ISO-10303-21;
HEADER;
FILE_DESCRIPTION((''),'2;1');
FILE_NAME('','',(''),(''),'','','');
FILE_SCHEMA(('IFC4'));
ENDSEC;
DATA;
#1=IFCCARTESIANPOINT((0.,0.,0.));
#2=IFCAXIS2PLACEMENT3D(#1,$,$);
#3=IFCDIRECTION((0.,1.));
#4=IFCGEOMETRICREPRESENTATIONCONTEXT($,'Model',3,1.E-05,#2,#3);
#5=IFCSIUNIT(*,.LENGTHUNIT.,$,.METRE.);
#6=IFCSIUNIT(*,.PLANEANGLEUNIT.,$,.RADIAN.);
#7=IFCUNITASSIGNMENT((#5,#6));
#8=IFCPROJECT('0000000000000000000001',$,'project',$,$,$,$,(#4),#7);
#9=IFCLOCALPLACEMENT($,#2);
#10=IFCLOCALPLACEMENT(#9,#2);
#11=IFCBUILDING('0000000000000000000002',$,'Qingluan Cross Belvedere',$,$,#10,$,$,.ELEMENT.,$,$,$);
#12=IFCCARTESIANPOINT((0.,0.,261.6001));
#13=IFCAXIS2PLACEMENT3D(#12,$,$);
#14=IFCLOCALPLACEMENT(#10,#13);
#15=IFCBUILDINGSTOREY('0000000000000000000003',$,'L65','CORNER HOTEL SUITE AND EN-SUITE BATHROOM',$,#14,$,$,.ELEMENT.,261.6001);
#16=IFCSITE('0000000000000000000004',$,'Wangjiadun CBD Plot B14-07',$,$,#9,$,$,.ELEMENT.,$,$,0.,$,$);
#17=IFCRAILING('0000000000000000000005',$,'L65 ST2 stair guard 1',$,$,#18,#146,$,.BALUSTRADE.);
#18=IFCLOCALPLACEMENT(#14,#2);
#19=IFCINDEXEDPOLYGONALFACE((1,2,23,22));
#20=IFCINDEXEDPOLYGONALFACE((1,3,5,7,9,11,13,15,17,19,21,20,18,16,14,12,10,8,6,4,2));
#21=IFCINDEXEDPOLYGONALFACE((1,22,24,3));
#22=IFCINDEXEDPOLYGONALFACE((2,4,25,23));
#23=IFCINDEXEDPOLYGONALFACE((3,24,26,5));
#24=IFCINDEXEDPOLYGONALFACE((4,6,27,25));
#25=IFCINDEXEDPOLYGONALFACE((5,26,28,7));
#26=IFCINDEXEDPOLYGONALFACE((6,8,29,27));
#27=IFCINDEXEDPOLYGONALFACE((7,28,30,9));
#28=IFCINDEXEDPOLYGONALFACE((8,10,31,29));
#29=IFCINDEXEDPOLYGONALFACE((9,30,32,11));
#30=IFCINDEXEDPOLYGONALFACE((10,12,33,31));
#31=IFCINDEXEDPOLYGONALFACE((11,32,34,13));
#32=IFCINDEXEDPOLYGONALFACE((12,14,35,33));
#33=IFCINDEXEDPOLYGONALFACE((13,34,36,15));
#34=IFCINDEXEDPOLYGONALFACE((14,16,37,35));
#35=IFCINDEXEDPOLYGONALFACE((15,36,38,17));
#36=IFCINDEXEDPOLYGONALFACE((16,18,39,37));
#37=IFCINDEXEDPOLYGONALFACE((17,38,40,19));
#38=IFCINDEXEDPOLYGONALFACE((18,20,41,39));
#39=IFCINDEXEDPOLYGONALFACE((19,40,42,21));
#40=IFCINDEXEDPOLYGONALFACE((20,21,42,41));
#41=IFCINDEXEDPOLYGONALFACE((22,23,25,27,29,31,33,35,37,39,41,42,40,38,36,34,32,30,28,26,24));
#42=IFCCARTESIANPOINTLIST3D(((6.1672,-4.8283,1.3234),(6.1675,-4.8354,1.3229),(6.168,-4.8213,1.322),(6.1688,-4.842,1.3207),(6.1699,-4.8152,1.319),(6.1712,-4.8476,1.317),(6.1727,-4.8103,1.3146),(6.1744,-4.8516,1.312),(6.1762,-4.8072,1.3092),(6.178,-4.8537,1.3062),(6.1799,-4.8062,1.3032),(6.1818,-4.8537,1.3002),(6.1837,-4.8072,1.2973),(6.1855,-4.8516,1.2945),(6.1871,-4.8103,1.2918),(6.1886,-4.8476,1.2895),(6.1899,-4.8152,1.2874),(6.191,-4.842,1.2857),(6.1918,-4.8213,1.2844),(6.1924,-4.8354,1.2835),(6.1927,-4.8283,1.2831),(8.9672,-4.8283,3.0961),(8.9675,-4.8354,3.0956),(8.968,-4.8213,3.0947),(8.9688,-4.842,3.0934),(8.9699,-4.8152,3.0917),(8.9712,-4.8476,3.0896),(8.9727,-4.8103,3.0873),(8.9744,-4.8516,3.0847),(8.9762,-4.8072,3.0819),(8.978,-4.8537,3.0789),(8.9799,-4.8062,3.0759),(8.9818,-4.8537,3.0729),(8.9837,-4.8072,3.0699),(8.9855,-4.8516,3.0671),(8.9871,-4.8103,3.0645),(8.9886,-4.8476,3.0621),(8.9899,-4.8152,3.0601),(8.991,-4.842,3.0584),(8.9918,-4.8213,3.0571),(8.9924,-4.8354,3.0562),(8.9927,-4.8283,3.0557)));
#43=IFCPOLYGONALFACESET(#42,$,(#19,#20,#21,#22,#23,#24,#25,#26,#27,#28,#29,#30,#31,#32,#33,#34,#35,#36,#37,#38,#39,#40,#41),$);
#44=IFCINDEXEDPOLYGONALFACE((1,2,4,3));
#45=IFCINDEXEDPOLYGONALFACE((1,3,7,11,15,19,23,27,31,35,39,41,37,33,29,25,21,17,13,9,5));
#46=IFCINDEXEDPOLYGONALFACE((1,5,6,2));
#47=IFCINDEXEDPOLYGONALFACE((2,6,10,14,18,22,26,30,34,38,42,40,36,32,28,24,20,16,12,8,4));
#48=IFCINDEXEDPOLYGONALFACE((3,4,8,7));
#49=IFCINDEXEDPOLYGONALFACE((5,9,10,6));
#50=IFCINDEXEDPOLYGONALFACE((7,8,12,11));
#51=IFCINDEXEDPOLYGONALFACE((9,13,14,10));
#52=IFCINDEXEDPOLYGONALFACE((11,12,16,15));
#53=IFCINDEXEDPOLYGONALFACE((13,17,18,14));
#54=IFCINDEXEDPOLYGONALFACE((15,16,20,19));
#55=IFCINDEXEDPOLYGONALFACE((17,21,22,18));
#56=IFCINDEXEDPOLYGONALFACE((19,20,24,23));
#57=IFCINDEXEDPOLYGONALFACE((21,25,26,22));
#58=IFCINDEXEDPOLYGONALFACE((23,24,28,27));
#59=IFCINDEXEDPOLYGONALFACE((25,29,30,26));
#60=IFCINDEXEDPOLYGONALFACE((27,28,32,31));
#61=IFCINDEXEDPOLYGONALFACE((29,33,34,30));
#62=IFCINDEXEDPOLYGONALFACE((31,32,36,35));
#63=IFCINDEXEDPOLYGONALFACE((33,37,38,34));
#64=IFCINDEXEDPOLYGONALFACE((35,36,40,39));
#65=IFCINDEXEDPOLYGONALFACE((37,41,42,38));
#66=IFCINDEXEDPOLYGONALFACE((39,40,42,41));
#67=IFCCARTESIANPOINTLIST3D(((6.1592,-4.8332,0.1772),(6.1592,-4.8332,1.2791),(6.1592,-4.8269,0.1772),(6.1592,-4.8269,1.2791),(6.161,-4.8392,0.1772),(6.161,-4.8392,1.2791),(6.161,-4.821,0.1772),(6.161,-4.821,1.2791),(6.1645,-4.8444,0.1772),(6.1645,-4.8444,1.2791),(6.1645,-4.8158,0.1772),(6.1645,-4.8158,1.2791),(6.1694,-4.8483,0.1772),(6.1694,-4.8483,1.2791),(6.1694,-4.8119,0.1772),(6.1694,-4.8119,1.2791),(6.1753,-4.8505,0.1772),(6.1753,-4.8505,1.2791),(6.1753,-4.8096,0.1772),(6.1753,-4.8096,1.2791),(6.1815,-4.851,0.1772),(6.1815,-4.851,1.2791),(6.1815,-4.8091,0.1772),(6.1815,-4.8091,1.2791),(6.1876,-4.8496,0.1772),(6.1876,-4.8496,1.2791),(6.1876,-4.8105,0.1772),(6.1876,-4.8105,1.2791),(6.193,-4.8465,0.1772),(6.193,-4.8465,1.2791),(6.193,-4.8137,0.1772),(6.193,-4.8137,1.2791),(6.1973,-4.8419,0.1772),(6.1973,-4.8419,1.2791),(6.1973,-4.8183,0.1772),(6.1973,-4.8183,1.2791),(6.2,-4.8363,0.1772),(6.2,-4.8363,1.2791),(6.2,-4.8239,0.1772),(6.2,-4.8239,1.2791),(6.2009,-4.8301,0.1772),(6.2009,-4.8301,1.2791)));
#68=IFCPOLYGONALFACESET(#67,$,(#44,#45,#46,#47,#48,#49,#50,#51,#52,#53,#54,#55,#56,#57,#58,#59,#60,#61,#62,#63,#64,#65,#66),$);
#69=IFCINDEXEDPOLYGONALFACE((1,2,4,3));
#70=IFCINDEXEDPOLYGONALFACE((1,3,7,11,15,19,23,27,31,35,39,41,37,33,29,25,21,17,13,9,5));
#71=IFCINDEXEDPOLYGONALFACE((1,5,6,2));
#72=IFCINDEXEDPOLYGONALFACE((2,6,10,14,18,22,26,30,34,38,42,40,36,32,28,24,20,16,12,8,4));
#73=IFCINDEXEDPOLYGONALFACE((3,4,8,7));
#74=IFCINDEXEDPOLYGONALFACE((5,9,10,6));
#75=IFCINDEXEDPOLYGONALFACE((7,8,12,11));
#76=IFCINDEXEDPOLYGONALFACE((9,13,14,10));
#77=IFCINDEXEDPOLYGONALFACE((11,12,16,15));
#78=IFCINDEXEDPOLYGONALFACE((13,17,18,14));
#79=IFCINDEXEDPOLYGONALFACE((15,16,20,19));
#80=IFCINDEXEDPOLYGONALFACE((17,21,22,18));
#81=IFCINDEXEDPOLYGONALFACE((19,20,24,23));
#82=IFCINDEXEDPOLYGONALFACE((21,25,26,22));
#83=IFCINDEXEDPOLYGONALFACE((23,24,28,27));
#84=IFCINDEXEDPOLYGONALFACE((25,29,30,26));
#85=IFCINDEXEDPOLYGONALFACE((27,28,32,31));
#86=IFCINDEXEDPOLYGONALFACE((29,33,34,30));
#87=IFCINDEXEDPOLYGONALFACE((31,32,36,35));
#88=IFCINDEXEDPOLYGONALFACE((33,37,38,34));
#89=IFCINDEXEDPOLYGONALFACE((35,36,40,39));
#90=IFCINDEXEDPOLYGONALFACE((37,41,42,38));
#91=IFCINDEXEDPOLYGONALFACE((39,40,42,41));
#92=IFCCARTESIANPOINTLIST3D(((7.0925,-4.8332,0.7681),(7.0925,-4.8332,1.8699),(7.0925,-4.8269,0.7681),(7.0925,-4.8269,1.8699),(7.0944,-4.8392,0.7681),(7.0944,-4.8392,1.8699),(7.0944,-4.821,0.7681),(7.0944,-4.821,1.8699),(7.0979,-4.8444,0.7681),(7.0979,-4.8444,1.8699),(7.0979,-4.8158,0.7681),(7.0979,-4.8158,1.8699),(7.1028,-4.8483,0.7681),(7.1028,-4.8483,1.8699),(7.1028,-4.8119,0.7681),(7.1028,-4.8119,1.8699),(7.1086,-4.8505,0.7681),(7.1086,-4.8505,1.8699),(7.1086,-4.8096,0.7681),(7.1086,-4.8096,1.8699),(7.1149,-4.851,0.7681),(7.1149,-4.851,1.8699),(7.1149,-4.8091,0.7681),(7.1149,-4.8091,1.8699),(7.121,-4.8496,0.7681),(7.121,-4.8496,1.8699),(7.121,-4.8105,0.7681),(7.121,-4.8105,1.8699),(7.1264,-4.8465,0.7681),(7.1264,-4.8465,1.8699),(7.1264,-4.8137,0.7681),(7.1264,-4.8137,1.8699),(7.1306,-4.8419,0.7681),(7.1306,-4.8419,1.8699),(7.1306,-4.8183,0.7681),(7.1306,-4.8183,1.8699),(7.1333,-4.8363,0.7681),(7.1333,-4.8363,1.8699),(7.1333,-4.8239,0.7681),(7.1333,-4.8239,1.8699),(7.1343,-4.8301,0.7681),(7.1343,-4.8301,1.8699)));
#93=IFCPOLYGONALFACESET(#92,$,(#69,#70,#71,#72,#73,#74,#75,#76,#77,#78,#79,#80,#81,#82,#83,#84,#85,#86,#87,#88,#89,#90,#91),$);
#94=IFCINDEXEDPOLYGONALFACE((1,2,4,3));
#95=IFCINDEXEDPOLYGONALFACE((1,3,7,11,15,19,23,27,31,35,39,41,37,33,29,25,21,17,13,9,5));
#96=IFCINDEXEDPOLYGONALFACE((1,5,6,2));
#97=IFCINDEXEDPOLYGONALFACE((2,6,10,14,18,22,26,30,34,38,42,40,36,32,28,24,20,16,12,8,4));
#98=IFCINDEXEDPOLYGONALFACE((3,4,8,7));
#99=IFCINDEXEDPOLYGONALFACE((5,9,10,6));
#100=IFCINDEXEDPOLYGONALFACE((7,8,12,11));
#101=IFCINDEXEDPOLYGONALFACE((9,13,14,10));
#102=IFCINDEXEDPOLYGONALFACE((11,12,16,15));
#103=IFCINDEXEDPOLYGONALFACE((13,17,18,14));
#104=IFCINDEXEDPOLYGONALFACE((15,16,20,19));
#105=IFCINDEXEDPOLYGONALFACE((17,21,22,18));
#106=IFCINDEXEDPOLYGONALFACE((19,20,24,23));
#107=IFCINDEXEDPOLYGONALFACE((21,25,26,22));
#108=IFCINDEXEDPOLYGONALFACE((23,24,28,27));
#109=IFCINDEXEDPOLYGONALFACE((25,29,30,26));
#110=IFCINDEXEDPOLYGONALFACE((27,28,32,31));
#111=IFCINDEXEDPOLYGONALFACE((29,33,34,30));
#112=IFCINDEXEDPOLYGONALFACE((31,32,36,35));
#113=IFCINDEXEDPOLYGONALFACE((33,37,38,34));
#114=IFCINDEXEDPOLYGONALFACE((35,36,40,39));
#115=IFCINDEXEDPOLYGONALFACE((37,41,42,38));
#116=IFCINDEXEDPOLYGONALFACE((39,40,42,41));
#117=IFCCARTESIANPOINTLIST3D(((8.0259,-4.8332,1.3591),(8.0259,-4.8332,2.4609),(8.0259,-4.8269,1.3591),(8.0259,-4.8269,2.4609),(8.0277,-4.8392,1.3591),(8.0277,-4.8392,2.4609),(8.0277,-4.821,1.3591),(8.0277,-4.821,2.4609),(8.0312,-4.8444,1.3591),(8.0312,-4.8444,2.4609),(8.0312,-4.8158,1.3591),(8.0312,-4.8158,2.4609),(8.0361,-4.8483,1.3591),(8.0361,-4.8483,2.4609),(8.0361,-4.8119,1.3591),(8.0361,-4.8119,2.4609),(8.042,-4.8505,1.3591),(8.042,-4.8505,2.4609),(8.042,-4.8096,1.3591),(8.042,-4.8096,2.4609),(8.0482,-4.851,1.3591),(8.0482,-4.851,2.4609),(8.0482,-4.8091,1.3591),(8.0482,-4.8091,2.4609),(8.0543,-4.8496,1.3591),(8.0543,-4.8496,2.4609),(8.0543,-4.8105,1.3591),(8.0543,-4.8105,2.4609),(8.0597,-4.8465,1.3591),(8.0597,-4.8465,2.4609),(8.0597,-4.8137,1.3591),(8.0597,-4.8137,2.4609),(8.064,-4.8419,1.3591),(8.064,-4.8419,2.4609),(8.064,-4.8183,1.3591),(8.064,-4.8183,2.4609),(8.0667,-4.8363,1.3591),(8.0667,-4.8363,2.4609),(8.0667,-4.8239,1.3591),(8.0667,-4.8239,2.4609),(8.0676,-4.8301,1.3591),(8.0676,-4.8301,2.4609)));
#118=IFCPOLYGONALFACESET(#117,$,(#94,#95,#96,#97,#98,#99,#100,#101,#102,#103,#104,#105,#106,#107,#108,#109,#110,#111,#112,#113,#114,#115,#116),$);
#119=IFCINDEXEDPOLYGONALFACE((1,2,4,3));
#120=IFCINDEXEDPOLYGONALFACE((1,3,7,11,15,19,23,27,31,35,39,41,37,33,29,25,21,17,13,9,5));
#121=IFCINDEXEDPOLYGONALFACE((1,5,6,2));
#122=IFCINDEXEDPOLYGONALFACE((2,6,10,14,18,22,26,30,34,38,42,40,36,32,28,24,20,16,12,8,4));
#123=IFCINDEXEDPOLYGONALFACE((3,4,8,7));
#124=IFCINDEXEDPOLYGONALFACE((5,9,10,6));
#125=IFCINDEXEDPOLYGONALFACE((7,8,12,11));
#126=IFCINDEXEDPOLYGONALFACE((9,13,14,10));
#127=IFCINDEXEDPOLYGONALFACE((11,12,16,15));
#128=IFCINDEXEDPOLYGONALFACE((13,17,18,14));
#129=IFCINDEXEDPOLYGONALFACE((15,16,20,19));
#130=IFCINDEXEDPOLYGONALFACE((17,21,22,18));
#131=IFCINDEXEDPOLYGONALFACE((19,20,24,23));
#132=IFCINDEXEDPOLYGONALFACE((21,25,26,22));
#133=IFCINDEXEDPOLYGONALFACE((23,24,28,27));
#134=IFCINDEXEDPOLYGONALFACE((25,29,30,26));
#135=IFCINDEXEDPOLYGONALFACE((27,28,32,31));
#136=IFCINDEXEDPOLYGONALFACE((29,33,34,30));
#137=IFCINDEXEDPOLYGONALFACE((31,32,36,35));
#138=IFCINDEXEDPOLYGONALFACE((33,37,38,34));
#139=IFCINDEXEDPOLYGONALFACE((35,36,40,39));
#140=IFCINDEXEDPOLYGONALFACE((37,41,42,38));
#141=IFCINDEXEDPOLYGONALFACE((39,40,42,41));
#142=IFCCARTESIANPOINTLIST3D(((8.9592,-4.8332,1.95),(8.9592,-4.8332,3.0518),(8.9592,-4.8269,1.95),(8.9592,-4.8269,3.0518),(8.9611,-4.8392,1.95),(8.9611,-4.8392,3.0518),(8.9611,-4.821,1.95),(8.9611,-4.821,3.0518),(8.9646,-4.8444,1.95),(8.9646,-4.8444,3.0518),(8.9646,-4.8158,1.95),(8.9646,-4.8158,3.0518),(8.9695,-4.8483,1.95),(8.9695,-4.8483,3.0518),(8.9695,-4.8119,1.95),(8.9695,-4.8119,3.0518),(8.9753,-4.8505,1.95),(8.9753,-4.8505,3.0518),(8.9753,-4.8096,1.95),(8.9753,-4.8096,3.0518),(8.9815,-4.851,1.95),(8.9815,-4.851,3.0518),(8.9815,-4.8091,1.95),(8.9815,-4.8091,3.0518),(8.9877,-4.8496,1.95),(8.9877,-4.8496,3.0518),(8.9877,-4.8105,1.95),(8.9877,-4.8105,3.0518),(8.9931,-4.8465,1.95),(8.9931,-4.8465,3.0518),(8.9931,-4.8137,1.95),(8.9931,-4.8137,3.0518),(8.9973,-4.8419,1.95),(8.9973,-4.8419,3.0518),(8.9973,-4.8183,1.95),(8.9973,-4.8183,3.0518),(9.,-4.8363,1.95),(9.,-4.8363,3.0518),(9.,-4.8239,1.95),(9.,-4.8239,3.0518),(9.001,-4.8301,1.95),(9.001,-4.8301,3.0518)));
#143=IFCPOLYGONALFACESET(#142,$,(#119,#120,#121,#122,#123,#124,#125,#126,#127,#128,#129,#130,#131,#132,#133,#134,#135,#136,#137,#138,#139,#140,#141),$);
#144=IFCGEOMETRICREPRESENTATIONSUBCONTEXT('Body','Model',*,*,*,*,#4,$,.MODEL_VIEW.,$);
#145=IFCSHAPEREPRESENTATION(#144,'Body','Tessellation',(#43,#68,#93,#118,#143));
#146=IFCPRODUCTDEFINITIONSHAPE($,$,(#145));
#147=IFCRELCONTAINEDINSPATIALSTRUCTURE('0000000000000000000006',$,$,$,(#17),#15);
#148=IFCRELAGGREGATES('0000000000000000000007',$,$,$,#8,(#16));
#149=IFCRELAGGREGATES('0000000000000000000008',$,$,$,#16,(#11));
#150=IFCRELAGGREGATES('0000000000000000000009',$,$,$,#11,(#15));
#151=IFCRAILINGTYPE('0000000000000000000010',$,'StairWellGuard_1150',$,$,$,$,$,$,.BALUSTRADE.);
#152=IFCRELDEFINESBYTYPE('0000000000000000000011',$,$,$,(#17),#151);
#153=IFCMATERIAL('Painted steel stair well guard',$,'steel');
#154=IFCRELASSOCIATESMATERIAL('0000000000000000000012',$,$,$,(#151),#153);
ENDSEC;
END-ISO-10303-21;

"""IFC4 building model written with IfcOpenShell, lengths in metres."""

from ifc_helpers import new_model, si_unit, direction, frame, origin, origin_2d, place, context, subcontext, project, spatial, circle, extrude, material, type_object, element, save


model = new_model("IFC4")

# Units and contexts
model_context = context("Model", 3, precision=1e-05, world=origin(), true_north=direction((0.0, 1.0)))
body_context = subcontext(model_context, "Body", "Model", "MODEL_VIEW")
ifc_project = project(units=[si_unit("LENGTHUNIT", "METRE"), si_unit("PLANEANGLEUNIT", "RADIAN")], contexts=[model_context])

# Site, building, storey
site_placement = place(None, origin())
site = spatial("IfcSite", under=ifc_project, at=site_placement, Name="Wangjiadun CBD Plot B14-07", CompositionType="ELEMENT", RefElevation=0.0)
building_placement = place(site_placement, origin())
building = spatial("IfcBuilding", under=site, at=building_placement, Name="Qingluan Cross Belvedere", CompositionType="ELEMENT")
storey_placement = place(building_placement, frame((0.0, 0.0, 261.6001)))
storey = spatial("IfcBuildingStorey", under=building, at=storey_placement, Name="L65", Description="CORNER HOTEL SUITE AND EN-SUITE BATHROOM", CompositionType="ELEMENT", Elevation=261.6001)

# Railing
ifc_material_1 = material(Name="Painted steel stair well guard", Category="steel")
railing_type_1 = type_object("IfcRailingType", Name="StairWellGuard_1150", PredefinedType="BALUSTRADE", material=ifc_material_1)
railing_1_placement = place(storey_placement, frame((6.1799, -4.8301, 0.1772)))
element("IfcRailing", 1, at=railing_1_placement, inside=storey, type_object=railing_type_1, Name="L65 ST2 stair guard 1", PredefinedType="BALUSTRADE", context=body_context, shape_type="SweptSolid", body=[
    extrude(circle(Radius=0.0239, at=origin_2d()), frame((0.0, 0.0, 1.126), z_axis=(0.844909, 0.0, 0.53491), x_axis=(0.0, 1.0, 0.0)), (0.0, 0.0, 1.0), 3.314),
    extrude(circle(Radius=0.021, at=origin_2d()), origin(), (0.0, 0.0, 1.0), 1.1018),
    extrude(circle(Radius=0.021, at=origin_2d()), frame((0.9333, 0.0, 0.5908)), (0.0, 0.0, 1.0), 1.1018),
    extrude(circle(Radius=0.021, at=origin_2d()), frame((1.8667, 0.0, 1.1819)), (0.0, 0.0, 1.0), 1.1018),
    extrude(circle(Radius=0.021, at=origin_2d()), frame((2.8, 0.0, 1.7727)), (0.0, 0.0, 1.0), 1.1018),
])

save(model, "model.ifc")
